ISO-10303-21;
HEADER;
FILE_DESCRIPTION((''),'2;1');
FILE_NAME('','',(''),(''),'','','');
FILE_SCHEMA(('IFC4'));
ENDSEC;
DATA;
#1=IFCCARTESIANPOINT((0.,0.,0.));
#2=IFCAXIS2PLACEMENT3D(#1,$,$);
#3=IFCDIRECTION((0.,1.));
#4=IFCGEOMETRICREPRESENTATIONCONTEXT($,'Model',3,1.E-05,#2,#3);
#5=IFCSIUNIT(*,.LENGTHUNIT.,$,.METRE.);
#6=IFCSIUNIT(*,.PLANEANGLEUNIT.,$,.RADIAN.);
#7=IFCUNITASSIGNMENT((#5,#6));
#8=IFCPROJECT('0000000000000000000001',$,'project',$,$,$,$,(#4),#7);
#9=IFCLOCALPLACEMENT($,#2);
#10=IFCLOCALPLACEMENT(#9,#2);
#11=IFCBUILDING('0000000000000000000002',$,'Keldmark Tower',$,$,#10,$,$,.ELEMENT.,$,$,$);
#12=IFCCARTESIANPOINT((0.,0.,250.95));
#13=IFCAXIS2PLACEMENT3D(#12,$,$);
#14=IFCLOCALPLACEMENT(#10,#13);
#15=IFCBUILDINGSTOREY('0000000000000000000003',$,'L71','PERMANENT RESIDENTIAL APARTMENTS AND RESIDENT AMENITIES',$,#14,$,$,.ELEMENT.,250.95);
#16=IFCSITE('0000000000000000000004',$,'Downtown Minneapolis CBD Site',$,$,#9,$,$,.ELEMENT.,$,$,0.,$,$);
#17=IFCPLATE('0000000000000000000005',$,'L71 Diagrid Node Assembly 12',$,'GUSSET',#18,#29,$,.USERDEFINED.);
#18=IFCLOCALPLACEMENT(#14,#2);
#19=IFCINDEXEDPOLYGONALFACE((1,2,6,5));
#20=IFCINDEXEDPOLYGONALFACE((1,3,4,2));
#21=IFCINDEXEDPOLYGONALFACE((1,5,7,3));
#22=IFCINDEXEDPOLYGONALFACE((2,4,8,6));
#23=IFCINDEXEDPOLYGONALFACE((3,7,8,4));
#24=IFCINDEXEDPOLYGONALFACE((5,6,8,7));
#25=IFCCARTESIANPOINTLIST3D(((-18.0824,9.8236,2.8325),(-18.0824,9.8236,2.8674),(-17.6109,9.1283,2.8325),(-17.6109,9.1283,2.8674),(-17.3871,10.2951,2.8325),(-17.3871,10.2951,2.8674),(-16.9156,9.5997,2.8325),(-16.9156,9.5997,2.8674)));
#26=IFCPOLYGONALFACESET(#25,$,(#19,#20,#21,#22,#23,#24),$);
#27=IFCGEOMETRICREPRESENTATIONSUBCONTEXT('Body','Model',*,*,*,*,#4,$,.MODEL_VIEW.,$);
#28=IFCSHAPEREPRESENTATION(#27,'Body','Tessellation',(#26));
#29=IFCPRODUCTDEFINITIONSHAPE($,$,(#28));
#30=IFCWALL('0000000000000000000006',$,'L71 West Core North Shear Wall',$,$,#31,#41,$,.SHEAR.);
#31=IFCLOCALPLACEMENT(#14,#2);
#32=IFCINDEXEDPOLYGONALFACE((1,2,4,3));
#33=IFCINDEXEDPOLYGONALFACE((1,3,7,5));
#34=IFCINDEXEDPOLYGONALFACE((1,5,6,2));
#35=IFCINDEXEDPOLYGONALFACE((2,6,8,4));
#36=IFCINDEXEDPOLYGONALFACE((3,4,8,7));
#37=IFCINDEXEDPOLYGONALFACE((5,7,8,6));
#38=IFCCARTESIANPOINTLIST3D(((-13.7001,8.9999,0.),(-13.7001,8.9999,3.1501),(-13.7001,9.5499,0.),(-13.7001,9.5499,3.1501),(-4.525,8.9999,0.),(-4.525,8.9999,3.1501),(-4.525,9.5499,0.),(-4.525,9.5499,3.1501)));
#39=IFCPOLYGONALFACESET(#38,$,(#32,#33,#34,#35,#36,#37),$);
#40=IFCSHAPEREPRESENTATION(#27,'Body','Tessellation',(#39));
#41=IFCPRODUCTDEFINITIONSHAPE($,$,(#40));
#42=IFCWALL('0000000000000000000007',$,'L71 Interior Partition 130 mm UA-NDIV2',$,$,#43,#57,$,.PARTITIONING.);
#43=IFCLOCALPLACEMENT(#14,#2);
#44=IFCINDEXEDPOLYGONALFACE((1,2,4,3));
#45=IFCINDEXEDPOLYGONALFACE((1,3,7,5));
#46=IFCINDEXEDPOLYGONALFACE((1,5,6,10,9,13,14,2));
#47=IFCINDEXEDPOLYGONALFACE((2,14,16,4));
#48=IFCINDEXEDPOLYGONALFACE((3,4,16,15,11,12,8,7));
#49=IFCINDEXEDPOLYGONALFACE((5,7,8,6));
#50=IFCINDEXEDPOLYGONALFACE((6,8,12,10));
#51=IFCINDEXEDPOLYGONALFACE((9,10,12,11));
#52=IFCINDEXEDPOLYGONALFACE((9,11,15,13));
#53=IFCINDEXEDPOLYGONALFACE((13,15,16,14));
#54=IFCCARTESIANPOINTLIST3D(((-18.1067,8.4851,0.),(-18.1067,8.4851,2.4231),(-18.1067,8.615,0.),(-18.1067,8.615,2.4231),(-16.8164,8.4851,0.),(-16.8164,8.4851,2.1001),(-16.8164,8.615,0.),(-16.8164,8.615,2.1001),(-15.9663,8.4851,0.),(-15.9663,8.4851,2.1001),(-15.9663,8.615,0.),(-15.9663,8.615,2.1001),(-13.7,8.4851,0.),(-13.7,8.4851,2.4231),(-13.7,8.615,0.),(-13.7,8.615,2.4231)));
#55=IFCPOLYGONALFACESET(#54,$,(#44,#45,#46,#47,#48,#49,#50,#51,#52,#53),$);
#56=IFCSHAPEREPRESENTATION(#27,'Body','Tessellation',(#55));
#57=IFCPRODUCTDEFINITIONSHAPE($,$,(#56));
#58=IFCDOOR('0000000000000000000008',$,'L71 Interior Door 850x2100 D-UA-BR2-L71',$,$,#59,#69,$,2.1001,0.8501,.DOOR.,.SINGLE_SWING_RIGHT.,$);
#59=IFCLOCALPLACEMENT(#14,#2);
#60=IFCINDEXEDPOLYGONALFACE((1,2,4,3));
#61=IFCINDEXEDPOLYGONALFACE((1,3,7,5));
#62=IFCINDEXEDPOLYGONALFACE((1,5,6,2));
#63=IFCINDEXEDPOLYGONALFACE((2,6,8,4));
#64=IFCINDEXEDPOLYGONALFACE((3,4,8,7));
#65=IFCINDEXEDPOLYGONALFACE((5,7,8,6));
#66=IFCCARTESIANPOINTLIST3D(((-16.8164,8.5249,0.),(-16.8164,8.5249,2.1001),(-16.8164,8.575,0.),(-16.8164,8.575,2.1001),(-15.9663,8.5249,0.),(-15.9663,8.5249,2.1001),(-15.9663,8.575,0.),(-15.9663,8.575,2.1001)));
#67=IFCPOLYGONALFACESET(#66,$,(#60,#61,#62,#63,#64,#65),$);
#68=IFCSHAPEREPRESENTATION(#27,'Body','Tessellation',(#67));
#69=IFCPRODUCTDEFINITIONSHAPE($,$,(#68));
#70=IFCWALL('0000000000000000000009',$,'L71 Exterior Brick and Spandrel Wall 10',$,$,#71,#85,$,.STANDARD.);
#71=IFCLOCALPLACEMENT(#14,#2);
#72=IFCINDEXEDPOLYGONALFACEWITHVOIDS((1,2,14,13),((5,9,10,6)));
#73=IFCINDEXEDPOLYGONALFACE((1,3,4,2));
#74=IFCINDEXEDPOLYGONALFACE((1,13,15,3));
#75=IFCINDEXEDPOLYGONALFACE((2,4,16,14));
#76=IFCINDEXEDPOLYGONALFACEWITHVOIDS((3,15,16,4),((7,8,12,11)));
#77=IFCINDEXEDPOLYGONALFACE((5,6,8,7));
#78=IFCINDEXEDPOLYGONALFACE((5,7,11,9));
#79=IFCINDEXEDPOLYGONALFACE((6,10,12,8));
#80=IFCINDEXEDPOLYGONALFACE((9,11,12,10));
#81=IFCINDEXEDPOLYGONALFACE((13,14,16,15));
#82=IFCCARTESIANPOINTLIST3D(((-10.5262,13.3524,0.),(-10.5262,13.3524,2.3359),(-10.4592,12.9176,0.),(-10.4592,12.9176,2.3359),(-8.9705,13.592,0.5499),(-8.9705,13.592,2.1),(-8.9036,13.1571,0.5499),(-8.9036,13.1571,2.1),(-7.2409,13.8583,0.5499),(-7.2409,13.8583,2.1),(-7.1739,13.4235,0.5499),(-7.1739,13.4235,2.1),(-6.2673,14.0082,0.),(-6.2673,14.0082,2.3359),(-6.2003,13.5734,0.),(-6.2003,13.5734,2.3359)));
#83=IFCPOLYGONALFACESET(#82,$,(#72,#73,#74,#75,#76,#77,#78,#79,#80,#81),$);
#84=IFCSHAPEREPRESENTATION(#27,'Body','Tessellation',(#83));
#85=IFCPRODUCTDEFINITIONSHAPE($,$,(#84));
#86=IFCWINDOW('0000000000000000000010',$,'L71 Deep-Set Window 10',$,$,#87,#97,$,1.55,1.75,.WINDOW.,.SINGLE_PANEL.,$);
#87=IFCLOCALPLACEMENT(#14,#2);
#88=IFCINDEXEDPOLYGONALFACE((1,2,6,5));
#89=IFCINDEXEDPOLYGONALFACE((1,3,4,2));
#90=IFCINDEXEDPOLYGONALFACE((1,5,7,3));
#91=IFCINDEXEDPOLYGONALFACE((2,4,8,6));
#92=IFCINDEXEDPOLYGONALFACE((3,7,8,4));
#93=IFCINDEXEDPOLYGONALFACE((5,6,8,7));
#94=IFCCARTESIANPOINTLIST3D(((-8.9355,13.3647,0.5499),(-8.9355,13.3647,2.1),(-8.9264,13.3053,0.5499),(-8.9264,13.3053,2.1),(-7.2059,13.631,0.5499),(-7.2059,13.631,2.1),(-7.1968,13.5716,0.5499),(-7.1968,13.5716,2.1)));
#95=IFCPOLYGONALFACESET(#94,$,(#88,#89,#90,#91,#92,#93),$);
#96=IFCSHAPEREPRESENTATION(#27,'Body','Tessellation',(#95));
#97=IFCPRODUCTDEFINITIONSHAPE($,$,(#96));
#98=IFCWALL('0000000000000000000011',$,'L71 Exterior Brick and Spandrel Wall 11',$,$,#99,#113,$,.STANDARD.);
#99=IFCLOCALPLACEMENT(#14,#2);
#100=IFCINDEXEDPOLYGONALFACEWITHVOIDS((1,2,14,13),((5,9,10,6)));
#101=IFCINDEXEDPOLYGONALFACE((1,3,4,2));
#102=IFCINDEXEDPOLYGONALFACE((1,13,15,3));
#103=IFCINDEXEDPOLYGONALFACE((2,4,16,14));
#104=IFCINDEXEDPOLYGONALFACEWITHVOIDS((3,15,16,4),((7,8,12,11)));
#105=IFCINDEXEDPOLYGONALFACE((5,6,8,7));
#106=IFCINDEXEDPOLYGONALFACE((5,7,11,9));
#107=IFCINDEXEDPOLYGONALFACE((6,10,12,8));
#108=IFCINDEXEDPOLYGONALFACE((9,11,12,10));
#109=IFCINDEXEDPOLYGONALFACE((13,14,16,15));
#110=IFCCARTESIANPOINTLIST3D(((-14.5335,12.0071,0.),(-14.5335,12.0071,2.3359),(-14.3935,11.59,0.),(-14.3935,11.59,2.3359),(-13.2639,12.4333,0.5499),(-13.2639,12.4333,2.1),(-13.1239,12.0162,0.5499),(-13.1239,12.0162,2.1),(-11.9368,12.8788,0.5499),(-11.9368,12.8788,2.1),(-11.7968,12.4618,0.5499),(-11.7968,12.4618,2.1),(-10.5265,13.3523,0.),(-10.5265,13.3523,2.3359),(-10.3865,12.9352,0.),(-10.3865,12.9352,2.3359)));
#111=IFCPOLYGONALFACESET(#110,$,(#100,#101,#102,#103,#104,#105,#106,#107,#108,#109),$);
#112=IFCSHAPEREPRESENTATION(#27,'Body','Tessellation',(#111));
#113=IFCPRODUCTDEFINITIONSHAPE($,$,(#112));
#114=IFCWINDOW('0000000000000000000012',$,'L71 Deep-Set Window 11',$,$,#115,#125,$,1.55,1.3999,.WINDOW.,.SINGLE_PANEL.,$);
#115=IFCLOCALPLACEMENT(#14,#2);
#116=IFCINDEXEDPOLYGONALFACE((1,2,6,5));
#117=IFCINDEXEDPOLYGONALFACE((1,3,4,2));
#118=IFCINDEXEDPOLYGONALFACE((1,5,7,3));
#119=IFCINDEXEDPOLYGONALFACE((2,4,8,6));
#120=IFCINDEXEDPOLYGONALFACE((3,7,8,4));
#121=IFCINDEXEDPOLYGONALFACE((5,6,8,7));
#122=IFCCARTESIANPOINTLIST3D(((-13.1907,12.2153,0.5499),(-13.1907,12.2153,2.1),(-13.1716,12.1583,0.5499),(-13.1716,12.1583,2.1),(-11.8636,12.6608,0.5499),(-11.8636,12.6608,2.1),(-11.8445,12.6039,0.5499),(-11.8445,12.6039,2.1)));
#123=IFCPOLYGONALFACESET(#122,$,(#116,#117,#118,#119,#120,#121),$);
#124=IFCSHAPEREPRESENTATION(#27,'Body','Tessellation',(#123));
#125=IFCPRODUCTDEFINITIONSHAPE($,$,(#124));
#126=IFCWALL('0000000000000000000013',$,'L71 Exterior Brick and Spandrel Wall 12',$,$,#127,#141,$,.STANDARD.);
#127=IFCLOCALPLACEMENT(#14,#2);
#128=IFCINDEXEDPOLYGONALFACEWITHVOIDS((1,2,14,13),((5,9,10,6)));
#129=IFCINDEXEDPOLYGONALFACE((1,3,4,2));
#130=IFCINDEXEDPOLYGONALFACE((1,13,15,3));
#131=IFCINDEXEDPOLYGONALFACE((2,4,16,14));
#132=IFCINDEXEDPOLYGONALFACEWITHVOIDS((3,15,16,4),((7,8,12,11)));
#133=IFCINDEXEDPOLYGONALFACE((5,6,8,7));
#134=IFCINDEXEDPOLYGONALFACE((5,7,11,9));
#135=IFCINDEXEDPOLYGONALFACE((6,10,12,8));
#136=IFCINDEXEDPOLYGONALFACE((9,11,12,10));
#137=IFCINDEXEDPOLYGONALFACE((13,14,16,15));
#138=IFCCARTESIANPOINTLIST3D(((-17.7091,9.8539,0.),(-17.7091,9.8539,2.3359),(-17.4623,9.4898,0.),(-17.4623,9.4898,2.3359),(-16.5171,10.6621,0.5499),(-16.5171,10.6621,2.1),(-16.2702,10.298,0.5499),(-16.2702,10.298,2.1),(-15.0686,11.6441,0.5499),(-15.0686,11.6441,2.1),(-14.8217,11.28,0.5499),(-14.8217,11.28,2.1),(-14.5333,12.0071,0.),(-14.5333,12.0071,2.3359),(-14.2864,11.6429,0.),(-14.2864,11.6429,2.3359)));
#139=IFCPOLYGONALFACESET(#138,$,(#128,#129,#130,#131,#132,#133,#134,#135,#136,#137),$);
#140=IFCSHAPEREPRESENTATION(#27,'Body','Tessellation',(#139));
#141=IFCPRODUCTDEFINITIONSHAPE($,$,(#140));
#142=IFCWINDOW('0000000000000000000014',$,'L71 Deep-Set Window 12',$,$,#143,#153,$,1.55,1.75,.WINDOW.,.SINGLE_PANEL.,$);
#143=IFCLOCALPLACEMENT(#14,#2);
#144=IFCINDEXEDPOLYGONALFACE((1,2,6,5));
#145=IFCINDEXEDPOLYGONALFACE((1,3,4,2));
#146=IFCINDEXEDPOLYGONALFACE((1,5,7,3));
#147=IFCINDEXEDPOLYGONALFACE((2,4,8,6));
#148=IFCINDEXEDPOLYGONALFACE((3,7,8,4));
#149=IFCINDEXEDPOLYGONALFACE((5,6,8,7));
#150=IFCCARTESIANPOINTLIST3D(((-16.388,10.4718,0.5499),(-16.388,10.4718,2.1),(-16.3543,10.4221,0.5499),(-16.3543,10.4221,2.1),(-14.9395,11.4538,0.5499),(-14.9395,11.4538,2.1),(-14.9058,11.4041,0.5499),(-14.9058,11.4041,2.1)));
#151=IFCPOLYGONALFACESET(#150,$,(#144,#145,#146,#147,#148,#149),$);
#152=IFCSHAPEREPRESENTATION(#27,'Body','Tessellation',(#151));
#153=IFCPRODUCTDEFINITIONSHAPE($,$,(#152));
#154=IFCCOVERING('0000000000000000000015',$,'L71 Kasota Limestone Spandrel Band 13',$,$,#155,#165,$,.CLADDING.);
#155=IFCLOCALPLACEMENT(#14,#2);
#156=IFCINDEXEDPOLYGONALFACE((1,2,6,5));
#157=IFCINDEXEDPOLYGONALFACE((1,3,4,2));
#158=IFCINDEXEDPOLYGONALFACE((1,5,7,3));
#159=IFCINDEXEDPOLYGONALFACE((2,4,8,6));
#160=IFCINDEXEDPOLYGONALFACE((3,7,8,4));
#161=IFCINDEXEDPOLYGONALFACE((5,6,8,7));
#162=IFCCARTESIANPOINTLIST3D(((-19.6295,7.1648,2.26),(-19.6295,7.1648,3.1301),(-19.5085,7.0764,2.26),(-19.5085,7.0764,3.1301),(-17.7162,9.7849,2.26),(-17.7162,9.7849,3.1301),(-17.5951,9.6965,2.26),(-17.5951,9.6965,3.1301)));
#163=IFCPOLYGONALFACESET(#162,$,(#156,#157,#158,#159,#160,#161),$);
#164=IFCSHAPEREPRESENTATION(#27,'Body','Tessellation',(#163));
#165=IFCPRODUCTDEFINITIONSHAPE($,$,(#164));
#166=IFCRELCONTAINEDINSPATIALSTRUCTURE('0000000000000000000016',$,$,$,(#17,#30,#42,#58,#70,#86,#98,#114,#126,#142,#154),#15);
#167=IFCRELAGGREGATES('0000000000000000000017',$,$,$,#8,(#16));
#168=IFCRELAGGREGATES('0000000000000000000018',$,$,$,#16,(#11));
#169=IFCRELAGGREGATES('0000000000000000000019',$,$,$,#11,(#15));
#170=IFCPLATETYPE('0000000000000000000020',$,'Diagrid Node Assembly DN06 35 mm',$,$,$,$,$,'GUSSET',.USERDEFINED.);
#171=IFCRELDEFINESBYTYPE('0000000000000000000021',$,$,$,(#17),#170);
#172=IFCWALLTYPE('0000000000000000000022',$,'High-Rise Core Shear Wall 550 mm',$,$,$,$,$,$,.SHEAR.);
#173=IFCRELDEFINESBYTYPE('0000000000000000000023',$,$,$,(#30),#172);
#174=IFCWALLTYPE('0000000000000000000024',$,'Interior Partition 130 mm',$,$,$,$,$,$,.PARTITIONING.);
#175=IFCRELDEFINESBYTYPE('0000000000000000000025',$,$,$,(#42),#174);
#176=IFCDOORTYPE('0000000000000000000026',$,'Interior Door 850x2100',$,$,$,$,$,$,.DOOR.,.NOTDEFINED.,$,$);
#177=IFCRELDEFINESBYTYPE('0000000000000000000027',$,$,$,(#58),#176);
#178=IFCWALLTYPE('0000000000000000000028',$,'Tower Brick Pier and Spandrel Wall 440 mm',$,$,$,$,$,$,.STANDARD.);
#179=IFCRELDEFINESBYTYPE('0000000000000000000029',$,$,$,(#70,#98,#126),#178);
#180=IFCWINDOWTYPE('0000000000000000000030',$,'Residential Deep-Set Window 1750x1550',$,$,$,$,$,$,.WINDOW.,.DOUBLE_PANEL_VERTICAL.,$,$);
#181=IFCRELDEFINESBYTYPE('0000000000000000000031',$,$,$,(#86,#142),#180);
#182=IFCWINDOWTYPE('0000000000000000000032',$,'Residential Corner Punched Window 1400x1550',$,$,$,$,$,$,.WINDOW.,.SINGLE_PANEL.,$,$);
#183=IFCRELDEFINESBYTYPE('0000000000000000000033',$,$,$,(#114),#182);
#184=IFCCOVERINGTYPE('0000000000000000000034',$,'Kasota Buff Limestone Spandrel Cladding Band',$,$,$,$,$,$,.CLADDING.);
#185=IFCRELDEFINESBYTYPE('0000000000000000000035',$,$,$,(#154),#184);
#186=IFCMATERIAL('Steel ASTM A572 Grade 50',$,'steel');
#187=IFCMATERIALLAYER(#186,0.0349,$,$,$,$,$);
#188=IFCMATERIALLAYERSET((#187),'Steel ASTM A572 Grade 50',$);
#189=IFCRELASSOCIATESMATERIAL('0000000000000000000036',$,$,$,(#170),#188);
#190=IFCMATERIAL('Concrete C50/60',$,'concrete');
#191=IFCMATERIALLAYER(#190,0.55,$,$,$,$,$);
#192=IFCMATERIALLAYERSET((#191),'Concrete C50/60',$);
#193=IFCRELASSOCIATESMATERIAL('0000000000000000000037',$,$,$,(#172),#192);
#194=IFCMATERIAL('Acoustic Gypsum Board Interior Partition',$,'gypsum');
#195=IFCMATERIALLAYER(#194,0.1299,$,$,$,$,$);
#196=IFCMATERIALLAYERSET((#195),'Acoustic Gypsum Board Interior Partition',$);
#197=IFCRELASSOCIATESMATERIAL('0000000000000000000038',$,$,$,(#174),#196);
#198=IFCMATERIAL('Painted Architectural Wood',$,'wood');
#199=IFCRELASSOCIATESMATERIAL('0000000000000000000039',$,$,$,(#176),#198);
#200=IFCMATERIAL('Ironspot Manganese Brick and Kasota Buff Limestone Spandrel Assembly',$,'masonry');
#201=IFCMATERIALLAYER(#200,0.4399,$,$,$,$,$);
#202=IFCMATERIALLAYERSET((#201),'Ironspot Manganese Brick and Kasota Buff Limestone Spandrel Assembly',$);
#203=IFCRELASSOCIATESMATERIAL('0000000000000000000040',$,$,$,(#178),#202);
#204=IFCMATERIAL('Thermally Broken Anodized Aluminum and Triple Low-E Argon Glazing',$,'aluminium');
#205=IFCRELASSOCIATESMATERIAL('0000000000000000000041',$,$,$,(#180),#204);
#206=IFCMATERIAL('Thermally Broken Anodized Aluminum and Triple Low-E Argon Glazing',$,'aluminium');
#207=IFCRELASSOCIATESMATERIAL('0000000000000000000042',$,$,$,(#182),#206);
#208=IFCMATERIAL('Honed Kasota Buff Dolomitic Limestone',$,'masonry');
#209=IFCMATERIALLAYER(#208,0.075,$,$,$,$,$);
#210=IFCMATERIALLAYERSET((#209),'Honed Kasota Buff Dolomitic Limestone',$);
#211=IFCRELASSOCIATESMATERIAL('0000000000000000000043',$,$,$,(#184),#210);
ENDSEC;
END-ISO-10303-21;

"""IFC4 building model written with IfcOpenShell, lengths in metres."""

from ifc_helpers import new_model, si_unit, direction, frame, frame_2d, origin, origin_2d, place, context, subcontext, project, spatial, rectangle, extrude, material, layer, layer_set, type_object, element, fill, save


model = new_model("IFC4")

# Units and contexts
model_context = context("Model", 3, precision=1e-05, world=origin(), true_north=direction((0.0, 1.0)))
body_context = subcontext(model_context, "Body", "Model", "MODEL_VIEW")
ifc_project = project(units=[si_unit("LENGTHUNIT", "METRE"), si_unit("PLANEANGLEUNIT", "RADIAN")], contexts=[model_context])

# Site, building, storey
site_placement = place(None, origin())
site = spatial("IfcSite", under=ifc_project, at=site_placement, Name="Downtown Minneapolis CBD Site", CompositionType="ELEMENT", RefElevation=0.0)
building_placement = place(site_placement, origin())
building = spatial("IfcBuilding", under=site, at=building_placement, Name="Keldmark Tower", CompositionType="ELEMENT")
storey_placement = place(building_placement, frame((0.0, 0.0, 250.95)))
storey = spatial("IfcBuildingStorey", under=building, at=storey_placement, Name="L71", Description="PERMANENT RESIDENTIAL APARTMENTS AND RESIDENT AMENITIES", CompositionType="ELEMENT", Elevation=250.95)

# Plate
ifc_material_1 = material(Name="Steel ASTM A572 Grade 50", Category="steel")
ifc_layer_1 = layer(ifc_material_1, 0.0349)
ifc_layer_set_1 = layer_set([ifc_layer_1], Name="Steel ASTM A572 Grade 50")
plate_type_1 = type_object("IfcPlateType", Name="Diagrid Node Assembly DN06 35 mm", ElementType="GUSSET", PredefinedType="USERDEFINED", material=ifc_layer_set_1)
plate_placement = place(storey_placement, frame((-17.499, 9.7117, 2.8325), z_axis=(0.0, 0.0, 1.0), x_axis=(-0.827669, -0.561217, 0.0)))
element("IfcPlate", 1, at=plate_placement, inside=storey, type_object=plate_type_1, Name="L71 Diagrid Node Assembly 12", ObjectType="GUSSET", PredefinedType="USERDEFINED", context=body_context, shape_type="SweptSolid", body=[
    extrude(rectangle(XDim=0.8401, YDim=0.8401, at=origin_2d()), origin(), (0.0, 0.0, 1.0), 0.0349),
])

# Wall
ifc_material_2 = material(Name="Concrete C50/60", Category="concrete")
ifc_layer_2 = layer(ifc_material_2, 0.55)
ifc_layer_set_2 = layer_set([ifc_layer_2], Name="Concrete C50/60")
wall_type_1 = type_object("IfcWallType", Name="High-Rise Core Shear Wall 550 mm", PredefinedType="SHEAR", material=ifc_layer_set_2)
wall_1_placement = place(storey_placement, frame((-13.7, 9.2749, 0.0), z_axis=(0.0, 0.0, 1.0), x_axis=(1.0, 0.0, 0.0)))
element("IfcWall", 2, at=wall_1_placement, inside=storey, type_object=wall_type_1, Name="L71 West Core North Shear Wall", PredefinedType="SHEAR", context=body_context, shape_type="SweptSolid", body=[
    extrude(rectangle(XDim=9.175, YDim=0.55, at=frame_2d((4.5874, 0.0))), origin(), (0.0, 0.0, 1.0), 3.1501),
])

# Wall, opening, door
ifc_material_3 = material(Name="Acoustic Gypsum Board Interior Partition", Category="gypsum")
ifc_layer_3 = layer(ifc_material_3, 0.1299)
ifc_layer_set_3 = layer_set([ifc_layer_3], Name="Acoustic Gypsum Board Interior Partition")
wall_type_2 = type_object("IfcWallType", Name="Interior Partition 130 mm", PredefinedType="PARTITIONING", material=ifc_layer_set_3)
wall_2_placement = place(storey_placement, frame((-18.1067, 8.55, 0.0), z_axis=(0.0, 0.0, 1.0), x_axis=(1.0, 0.0, 0.0)))
wall_2 = element("IfcWall", 3, at=wall_2_placement, inside=storey, type_object=wall_type_2, Name="L71 Interior Partition 130 mm UA-NDIV2", PredefinedType="PARTITIONING", context=body_context, shape_type="SweptSolid", body=[
    extrude(rectangle(XDim=4.4067, YDim=0.1299, at=frame_2d((2.2034, 0.0))), origin(), (0.0, 0.0, 1.0), 2.4231),
])
opening_1_placement = place(wall_2_placement, frame((1.2903, 0.0, 0.0)))
opening_1 = element("IfcOpeningElement", 4, at=opening_1_placement, cuts=wall_2, PredefinedType="OPENING", context=body_context, shape_type="SweptSolid", body=[
    extrude(rectangle(XDim=0.8501, YDim=2.1001, at=frame_2d((0.425, 1.05))), frame((0.0, 0.075, 0.0), z_axis=(0.0, -1.0, 0.0), x_axis=(1.0, 0.0, 0.0)), (0.0, 0.0, 1.0), 0.1499),
])
ifc_material_4 = material(Name="Painted Architectural Wood", Category="wood")
door_type = type_object("IfcDoorType", Name="Interior Door 850x2100", OperationType="NOTDEFINED", PredefinedType="DOOR", material=ifc_material_4)
door_placement = place(opening_1_placement, origin())
door = element("IfcDoor", 5, at=door_placement, inside=storey, type_object=door_type, Name="L71 Interior Door 850x2100 D-UA-BR2-L71", OperationType="SINGLE_SWING_RIGHT", OverallHeight=2.1001, OverallWidth=0.8501, PredefinedType="DOOR", context=body_context, shape_type="SweptSolid", body=[
    extrude(rectangle(XDim=0.8501, YDim=2.1001, at=frame_2d((0.425, 1.05))), frame((0.0, 0.0249, 0.0), z_axis=(0.0, -1.0, 0.0), x_axis=(1.0, 0.0, 0.0)), (0.0, 0.0, 1.0), 0.05),
])
fill(opening_1, door)

# Walls, openings, windows
ifc_material_5 = material(Name="Ironspot Manganese Brick and Kasota Buff Limestone Spandrel Assembly", Category="masonry")
ifc_layer_4 = layer(ifc_material_5, 0.4399)
ifc_layer_set_4 = layer_set([ifc_layer_4], Name="Ironspot Manganese Brick and Kasota Buff Limestone Spandrel Assembly")
wall_type_3 = type_object("IfcWallType", Name="Tower Brick Pier and Spandrel Wall 440 mm", PredefinedType="STANDARD", material=ifc_layer_set_4)
wall_3_placement = place(storey_placement, frame((-10.4927, 13.135, 0.0), z_axis=(0.0, 0.0, 1.0), x_axis=(0.988352, 0.152185, 0.0)))
wall_3 = element("IfcWall", 6, at=wall_3_placement, inside=storey, type_object=wall_type_3, Name="L71 Exterior Brick and Spandrel Wall 10", PredefinedType="STANDARD", context=body_context, shape_type="SweptSolid", body=[
    extrude(rectangle(XDim=4.3091, YDim=0.4399, at=frame_2d((2.1545, 0.0))), origin(), (0.0, 0.0, 1.0), 2.3359),
])
opening_2_placement = place(wall_3_placement, frame((1.574, 0.0, 0.55)))
opening_2 = element("IfcOpeningElement", 7, at=opening_2_placement, cuts=wall_3, PredefinedType="OPENING", context=body_context, shape_type="SweptSolid", body=[
    extrude(rectangle(XDim=1.75, YDim=1.55, at=frame_2d((0.875, 0.7749))), frame((0.0, 0.23, 0.0), z_axis=(0.0, -1.0, 0.0), x_axis=(1.0, 0.0, 0.0)), (0.0, 0.0, 1.0), 0.46),
])
ifc_material_6 = material(Name="Thermally Broken Anodized Aluminum and Triple Low-E Argon Glazing", Category="aluminium")
window_type_1 = type_object("IfcWindowType", Name="Residential Deep-Set Window 1750x1550", PartitioningType="DOUBLE_PANEL_VERTICAL", PredefinedType="WINDOW", material=ifc_material_6)
window_1_placement = place(opening_2_placement, origin())
window_1 = element("IfcWindow", 8, at=window_1_placement, inside=storey, type_object=window_type_1, Name="L71 Deep-Set Window 10", OverallHeight=1.55, OverallWidth=1.75, PartitioningType="SINGLE_PANEL", PredefinedType="WINDOW", context=body_context, shape_type="SweptSolid", body=[
    extrude(rectangle(XDim=1.75, YDim=1.55, at=frame_2d((0.875, 0.7749))), frame((0.0, -0.01, 0.0), z_axis=(0.0, -1.0, 0.0), x_axis=(1.0, 0.0, 0.0)), (0.0, 0.0, 1.0), 0.0601),
])
fill(opening_2, window_1)
wall_4_placement = place(storey_placement, frame((-14.4634, 11.7986, 0.0), z_axis=(0.0, 0.0, 1.0), x_axis=(0.948005, 0.318254, 0.0)))
wall_4 = element("IfcWall", 9, at=wall_4_placement, inside=storey, type_object=wall_type_3, Name="L71 Exterior Brick and Spandrel Wall 11", PredefinedType="STANDARD", context=body_context, shape_type="SweptSolid", body=[
    extrude(rectangle(XDim=4.2268, YDim=0.4399, at=frame_2d((2.1133, 0.0))), origin(), (0.0, 0.0, 1.0), 2.3359),
])
opening_3_placement = place(wall_4_placement, frame((1.3391, 0.0, 0.55)))
opening_3 = element("IfcOpeningElement", 10, at=opening_3_placement, cuts=wall_4, PredefinedType="OPENING", context=body_context, shape_type="SweptSolid", body=[
    extrude(rectangle(XDim=1.3999, YDim=1.55, at=frame_2d((0.7, 0.7749))), frame((0.0, 0.23, 0.0), z_axis=(0.0, -1.0, 0.0), x_axis=(1.0, 0.0, 0.0)), (0.0, 0.0, 1.0), 0.46),
])
ifc_material_7 = material(Name="Thermally Broken Anodized Aluminum and Triple Low-E Argon Glazing", Category="aluminium")
window_type_2 = type_object("IfcWindowType", Name="Residential Corner Punched Window 1400x1550", PartitioningType="SINGLE_PANEL", PredefinedType="WINDOW", material=ifc_material_7)
window_2_placement = place(opening_3_placement, origin())
window_2 = element("IfcWindow", 11, at=window_2_placement, inside=storey, type_object=window_type_2, Name="L71 Deep-Set Window 11", OverallHeight=1.55, OverallWidth=1.3999, PartitioningType="SINGLE_PANEL", PredefinedType="WINDOW", context=body_context, shape_type="SweptSolid", body=[
    extrude(rectangle(XDim=1.3999, YDim=1.55, at=frame_2d((0.7, 0.7749))), frame((0.0, -0.01, 0.0), z_axis=(0.0, -1.0, 0.0), x_axis=(1.0, 0.0, 0.0)), (0.0, 0.0, 1.0), 0.0601),
])
fill(opening_3, window_2)
wall_5_placement = place(storey_placement, frame((-17.5857, 9.6719, 0.0), z_axis=(0.0, 0.0, 1.0), x_axis=(0.827708, 0.561159, 0.0)))
wall_5 = element("IfcWall", 12, at=wall_5_placement, inside=storey, type_object=wall_type_3, Name="L71 Exterior Brick and Spandrel Wall 12", PredefinedType="STANDARD", context=body_context, shape_type="SweptSolid", body=[
    extrude(rectangle(XDim=3.8369, YDim=0.4399, at=frame_2d((1.9185, 0.0))), origin(), (0.0, 0.0, 1.0), 2.3359),
])
opening_4_placement = place(wall_5_placement, frame((1.4402, 0.0, 0.55)))
opening_4 = element("IfcOpeningElement", 13, at=opening_4_placement, cuts=wall_5, PredefinedType="OPENING", context=body_context, shape_type="SweptSolid", body=[
    extrude(rectangle(XDim=1.75, YDim=1.55, at=frame_2d((0.875, 0.7749))), frame((0.0, 0.23, 0.0), z_axis=(0.0, -1.0, 0.0), x_axis=(1.0, 0.0, 0.0)), (0.0, 0.0, 1.0), 0.46),
])
window_3_placement = place(opening_4_placement, origin())
window_3 = element("IfcWindow", 14, at=window_3_placement, inside=storey, type_object=window_type_1, Name="L71 Deep-Set Window 12", OverallHeight=1.55, OverallWidth=1.75, PartitioningType="SINGLE_PANEL", PredefinedType="WINDOW", context=body_context, shape_type="SweptSolid", body=[
    extrude(rectangle(XDim=1.75, YDim=1.55, at=frame_2d((0.875, 0.7749))), frame((0.0, -0.01, 0.0), z_axis=(0.0, -1.0, 0.0), x_axis=(1.0, 0.0, 0.0)), (0.0, 0.0, 1.0), 0.0601),
])
fill(opening_4, window_3)

# Covering
ifc_material_8 = material(Name="Honed Kasota Buff Dolomitic Limestone", Category="masonry")
ifc_layer_5 = layer(ifc_material_8, 0.075)
ifc_layer_set_5 = layer_set([ifc_layer_5], Name="Honed Kasota Buff Dolomitic Limestone")
covering_type = type_object("IfcCoveringType", Name="Kasota Buff Limestone Spandrel Cladding Band", PredefinedType="CLADDING", material=ifc_layer_set_5)
covering_placement = place(storey_placement, frame((-18.6123, 8.4307, 2.26), z_axis=(0.0, 0.0, 1.0), x_axis=(-0.589746, -0.807589, 0.0)))
element("IfcCovering", 15, at=covering_placement, inside=storey, type_object=covering_type, Name="L71 Kasota Limestone Spandrel Band 13", PredefinedType="CLADDING", context=body_context, shape_type="SweptSolid", body=[
    extrude(rectangle(XDim=3.2444, YDim=0.1499, at=origin_2d()), origin(), (0.0, 0.0, 1.0), 0.8701),
])

save(model, "model.ifc")
